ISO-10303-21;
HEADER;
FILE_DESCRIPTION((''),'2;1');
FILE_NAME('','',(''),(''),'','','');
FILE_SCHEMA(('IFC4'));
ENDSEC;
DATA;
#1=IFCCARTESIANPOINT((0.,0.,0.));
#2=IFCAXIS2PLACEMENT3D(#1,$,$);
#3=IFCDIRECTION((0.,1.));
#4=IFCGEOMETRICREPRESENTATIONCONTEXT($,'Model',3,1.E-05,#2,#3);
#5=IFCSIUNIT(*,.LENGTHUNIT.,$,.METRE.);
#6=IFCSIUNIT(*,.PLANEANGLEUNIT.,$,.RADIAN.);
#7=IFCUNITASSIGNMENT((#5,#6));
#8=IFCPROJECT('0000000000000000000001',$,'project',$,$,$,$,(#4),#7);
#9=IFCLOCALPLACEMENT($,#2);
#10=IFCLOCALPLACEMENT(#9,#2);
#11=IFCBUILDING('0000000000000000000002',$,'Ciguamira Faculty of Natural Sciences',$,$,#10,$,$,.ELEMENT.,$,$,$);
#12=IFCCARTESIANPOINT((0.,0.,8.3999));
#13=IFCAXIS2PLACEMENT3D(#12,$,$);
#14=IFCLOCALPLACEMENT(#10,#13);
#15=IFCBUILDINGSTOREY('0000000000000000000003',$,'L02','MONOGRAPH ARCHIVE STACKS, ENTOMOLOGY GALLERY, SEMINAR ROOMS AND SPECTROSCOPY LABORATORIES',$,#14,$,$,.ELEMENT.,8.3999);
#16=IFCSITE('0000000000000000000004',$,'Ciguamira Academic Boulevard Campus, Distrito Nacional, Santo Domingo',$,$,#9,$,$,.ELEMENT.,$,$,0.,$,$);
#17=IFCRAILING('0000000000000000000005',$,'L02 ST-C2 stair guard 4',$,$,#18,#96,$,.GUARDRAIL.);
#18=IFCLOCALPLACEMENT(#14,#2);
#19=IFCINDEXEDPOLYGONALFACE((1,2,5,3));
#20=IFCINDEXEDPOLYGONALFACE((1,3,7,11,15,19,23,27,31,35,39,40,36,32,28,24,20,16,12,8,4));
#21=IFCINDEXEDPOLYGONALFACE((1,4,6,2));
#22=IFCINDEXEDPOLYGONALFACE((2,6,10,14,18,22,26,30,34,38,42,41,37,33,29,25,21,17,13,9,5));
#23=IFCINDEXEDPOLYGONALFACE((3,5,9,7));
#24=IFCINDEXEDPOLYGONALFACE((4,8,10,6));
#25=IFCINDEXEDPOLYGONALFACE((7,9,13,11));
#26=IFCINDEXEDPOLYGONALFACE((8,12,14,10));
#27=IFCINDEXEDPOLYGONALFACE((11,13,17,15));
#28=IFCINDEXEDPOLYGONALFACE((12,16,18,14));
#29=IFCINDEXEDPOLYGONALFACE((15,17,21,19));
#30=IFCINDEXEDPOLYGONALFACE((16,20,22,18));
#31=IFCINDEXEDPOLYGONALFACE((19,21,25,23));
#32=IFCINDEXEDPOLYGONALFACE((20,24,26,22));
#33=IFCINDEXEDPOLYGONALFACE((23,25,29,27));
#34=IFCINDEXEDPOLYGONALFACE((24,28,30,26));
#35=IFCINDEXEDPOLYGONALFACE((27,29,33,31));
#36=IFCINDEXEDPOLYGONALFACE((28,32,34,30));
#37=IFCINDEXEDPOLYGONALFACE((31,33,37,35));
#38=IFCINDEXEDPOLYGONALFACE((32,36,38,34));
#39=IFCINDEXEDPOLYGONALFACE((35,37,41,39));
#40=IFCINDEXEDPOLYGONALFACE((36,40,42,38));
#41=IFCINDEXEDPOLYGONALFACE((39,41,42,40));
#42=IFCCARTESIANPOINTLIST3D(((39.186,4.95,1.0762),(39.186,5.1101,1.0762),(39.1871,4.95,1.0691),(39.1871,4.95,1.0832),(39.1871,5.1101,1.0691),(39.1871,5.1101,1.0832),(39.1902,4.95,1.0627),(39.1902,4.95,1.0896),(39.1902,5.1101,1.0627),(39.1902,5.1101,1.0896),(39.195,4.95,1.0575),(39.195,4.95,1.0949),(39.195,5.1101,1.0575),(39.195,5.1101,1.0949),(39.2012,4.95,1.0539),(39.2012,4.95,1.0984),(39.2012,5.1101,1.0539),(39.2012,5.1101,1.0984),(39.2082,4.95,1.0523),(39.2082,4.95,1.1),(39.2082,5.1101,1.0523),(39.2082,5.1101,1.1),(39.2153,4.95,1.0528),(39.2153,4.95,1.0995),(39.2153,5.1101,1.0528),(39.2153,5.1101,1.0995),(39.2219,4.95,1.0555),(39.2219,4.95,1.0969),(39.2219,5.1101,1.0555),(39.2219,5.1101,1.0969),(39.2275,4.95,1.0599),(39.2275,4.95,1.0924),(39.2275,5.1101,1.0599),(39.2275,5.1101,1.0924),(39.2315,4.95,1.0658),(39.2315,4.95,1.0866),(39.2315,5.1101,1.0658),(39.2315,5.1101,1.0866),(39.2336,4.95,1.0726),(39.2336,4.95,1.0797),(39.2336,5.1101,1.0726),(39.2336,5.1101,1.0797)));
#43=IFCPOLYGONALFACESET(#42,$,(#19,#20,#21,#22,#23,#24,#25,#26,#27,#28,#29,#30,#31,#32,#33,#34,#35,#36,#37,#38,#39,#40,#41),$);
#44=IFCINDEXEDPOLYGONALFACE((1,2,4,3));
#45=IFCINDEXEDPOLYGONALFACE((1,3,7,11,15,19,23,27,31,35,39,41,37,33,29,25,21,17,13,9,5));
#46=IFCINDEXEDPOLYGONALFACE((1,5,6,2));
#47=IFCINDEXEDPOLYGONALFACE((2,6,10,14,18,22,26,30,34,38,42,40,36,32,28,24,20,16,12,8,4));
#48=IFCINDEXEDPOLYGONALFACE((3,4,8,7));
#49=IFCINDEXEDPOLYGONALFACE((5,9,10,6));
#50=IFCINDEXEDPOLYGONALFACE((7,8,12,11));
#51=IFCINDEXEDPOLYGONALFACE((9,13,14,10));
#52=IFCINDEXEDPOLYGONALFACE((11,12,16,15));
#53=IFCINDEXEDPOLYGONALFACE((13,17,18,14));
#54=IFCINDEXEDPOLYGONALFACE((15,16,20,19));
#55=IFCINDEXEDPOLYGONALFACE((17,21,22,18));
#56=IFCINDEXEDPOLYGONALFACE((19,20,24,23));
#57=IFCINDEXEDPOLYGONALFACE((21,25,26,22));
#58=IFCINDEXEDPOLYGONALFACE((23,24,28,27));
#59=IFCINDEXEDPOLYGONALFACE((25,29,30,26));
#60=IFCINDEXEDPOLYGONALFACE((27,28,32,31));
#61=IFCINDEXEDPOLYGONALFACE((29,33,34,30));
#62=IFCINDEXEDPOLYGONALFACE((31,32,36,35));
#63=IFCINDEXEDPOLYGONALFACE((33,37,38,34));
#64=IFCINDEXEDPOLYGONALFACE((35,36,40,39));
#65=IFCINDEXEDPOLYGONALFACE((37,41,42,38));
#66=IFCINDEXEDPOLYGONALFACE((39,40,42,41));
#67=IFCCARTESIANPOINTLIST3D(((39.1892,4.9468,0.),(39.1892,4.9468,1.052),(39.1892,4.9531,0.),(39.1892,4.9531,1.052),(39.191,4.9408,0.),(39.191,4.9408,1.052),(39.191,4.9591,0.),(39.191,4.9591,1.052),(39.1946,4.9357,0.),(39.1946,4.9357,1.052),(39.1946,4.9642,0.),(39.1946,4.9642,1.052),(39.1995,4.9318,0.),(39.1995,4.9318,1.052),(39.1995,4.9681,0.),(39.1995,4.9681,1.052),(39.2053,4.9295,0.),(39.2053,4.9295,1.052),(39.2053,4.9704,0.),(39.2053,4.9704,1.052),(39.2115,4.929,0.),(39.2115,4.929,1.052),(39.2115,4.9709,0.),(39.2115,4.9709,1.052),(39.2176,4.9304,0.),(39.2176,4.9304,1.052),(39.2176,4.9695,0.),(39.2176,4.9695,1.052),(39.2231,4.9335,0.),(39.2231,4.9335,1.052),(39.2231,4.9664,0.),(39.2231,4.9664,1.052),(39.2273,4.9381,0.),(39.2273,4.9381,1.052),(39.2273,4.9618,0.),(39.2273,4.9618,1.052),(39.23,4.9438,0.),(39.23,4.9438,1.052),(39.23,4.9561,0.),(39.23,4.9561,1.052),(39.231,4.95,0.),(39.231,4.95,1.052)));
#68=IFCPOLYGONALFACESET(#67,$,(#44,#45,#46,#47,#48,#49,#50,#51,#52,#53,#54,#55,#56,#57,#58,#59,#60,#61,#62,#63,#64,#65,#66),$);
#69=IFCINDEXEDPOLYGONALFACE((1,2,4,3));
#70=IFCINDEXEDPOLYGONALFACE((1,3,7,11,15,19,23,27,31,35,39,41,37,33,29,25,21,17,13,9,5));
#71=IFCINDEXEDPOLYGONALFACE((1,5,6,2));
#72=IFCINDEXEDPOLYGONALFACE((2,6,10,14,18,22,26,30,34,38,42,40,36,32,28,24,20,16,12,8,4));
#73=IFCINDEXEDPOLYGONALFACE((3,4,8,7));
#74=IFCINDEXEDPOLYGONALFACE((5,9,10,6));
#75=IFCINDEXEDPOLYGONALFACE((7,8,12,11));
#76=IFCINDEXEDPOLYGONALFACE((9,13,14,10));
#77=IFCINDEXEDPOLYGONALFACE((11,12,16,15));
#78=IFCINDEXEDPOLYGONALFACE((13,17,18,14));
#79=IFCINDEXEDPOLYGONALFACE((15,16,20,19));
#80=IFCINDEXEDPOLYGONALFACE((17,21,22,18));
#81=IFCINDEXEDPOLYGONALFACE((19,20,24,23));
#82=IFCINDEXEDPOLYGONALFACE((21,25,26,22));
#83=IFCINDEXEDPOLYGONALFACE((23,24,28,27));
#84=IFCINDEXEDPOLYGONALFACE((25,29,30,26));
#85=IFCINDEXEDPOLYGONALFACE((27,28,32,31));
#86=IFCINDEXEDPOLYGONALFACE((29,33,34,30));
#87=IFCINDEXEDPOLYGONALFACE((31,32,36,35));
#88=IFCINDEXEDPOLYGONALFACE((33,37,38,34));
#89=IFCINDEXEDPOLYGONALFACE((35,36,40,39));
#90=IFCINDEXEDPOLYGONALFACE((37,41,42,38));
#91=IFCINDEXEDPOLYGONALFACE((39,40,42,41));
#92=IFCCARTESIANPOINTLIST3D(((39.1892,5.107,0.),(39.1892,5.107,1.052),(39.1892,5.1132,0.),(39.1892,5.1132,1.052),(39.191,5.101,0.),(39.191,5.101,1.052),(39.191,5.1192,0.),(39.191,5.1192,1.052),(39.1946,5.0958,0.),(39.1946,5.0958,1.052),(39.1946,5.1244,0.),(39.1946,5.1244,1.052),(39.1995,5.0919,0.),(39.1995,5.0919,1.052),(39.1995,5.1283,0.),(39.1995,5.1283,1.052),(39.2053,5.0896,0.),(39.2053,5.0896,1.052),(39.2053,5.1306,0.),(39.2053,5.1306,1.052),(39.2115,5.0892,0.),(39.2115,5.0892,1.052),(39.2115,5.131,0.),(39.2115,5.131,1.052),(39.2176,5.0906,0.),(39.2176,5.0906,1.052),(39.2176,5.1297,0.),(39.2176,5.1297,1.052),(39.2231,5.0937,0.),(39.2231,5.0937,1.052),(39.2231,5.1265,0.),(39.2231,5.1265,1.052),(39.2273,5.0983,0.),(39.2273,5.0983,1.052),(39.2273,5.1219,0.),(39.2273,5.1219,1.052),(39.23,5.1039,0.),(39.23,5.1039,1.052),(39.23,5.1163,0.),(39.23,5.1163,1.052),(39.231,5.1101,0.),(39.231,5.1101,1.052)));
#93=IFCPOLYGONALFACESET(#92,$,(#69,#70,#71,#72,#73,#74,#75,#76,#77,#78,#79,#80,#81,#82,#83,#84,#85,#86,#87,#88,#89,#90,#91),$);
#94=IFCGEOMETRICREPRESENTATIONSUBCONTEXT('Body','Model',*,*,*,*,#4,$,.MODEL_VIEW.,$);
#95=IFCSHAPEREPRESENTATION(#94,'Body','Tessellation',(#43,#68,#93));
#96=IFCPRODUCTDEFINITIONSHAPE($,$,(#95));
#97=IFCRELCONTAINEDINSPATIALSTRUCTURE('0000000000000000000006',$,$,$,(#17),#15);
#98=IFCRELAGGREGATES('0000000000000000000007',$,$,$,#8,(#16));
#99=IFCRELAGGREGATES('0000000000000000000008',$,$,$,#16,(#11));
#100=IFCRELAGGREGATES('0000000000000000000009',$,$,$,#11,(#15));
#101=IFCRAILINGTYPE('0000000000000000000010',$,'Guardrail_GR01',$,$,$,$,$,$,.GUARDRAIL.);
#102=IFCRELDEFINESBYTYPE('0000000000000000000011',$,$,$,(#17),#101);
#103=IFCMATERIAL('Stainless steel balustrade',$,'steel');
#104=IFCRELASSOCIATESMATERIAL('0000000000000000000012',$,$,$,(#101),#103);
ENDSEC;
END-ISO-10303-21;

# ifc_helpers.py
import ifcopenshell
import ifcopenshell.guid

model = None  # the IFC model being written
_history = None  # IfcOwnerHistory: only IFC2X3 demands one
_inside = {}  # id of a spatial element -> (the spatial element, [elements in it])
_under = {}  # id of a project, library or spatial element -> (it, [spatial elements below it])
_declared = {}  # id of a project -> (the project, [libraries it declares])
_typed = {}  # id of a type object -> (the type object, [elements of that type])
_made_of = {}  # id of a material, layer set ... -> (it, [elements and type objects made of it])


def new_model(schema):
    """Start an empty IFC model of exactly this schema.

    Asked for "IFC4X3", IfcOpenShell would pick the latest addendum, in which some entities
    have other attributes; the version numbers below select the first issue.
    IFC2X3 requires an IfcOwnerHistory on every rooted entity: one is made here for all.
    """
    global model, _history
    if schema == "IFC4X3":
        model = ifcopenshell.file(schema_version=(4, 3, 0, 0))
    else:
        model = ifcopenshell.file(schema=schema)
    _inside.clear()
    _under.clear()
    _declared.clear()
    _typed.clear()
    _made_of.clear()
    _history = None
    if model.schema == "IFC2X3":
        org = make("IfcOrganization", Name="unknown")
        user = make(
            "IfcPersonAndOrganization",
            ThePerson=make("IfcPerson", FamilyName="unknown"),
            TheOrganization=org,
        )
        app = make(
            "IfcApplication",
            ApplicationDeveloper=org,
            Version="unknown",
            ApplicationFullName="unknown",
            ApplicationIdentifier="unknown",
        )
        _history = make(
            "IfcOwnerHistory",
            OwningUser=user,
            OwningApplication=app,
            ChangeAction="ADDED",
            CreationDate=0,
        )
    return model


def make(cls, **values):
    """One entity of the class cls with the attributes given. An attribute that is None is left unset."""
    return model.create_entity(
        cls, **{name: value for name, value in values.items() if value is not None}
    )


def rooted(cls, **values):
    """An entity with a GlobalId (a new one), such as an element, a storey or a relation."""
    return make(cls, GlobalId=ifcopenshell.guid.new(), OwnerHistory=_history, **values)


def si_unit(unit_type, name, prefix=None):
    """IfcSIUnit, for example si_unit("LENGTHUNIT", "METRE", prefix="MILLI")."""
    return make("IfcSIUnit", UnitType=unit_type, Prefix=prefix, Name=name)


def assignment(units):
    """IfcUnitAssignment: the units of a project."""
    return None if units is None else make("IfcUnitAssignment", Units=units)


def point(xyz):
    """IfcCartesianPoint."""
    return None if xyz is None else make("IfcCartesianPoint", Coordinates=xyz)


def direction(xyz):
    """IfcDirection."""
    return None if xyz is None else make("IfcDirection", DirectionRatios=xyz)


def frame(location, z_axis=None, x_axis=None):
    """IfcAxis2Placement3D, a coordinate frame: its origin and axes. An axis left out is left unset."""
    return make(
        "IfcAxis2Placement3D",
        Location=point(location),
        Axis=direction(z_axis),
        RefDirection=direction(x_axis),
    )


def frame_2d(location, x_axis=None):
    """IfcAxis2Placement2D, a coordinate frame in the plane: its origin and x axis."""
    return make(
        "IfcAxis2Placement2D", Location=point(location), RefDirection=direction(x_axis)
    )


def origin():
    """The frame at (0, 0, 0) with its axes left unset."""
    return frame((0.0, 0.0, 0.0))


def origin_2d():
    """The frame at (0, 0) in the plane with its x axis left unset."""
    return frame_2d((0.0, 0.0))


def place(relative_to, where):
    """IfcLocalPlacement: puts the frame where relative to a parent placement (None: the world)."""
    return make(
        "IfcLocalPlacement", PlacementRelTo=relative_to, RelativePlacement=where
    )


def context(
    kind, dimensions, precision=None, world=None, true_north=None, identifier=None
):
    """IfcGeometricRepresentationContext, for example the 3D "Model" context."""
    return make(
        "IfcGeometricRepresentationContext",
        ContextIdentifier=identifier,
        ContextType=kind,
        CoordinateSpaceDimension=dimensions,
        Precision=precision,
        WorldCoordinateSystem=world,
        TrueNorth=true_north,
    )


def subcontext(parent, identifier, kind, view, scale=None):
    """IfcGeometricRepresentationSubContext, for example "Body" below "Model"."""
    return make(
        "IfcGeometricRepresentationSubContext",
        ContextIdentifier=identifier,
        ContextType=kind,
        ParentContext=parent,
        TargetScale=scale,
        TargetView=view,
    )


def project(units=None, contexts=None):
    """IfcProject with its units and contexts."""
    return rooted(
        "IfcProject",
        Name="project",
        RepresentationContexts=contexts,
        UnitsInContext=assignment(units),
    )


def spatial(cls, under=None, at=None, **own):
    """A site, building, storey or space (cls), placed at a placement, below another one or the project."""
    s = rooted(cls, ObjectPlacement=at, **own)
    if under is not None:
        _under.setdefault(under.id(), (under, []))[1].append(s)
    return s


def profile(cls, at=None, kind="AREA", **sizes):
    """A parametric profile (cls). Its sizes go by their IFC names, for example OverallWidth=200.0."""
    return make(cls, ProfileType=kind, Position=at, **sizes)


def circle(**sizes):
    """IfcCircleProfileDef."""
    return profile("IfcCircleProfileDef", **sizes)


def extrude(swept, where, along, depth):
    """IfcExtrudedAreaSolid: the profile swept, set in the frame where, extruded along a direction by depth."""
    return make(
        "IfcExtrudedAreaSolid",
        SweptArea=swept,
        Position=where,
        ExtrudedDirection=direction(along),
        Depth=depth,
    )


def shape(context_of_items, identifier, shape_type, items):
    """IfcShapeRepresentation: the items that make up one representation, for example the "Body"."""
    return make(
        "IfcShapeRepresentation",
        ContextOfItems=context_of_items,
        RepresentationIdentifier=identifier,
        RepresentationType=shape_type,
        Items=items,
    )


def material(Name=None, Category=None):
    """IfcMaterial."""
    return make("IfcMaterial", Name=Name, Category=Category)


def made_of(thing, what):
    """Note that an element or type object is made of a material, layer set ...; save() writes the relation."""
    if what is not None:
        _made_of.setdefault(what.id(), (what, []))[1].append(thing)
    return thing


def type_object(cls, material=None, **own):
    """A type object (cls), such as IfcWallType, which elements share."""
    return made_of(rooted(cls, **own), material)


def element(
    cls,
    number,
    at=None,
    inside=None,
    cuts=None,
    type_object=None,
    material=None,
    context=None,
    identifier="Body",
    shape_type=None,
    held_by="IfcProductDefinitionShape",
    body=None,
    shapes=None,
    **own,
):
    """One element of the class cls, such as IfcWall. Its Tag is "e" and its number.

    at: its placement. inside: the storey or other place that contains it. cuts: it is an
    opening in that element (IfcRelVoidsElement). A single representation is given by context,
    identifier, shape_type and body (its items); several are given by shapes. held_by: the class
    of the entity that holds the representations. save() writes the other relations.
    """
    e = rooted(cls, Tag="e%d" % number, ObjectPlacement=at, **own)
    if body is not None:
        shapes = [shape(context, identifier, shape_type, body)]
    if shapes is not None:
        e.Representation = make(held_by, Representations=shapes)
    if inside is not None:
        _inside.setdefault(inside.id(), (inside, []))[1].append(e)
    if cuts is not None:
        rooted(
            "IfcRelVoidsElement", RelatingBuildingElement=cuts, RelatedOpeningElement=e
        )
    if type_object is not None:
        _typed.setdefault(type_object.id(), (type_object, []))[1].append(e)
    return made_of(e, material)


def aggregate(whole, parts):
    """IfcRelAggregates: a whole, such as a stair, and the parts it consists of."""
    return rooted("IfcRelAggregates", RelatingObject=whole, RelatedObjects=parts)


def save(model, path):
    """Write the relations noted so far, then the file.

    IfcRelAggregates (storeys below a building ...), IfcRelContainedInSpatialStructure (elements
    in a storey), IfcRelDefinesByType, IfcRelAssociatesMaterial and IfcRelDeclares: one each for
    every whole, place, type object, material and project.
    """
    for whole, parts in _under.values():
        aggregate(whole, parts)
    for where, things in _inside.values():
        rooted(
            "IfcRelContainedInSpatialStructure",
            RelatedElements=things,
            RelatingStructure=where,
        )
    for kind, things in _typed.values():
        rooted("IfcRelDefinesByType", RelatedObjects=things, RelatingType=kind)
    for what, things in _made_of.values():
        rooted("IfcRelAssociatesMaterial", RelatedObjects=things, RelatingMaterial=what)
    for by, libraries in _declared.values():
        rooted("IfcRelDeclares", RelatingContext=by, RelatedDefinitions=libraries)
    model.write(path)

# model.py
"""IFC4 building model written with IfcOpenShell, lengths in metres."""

from ifc_helpers import new_model, si_unit, direction, frame, origin, origin_2d, place, context, subcontext, project, spatial, circle, extrude, material, type_object, element, save


model = new_model("IFC4")

# Units and contexts
model_context = context("Model", 3, precision=1e-05, world=origin(), true_north=direction((0.0, 1.0)))
body_context = subcontext(model_context, "Body", "Model", "MODEL_VIEW")
ifc_project = project(units=[si_unit("LENGTHUNIT", "METRE"), si_unit("PLANEANGLEUNIT", "RADIAN")], contexts=[model_context])

# Site, building, storey
site_placement = place(None, origin())
site = spatial("IfcSite", under=ifc_project, at=site_placement, Name="Ciguamira Academic Boulevard Campus, Distrito Nacional, Santo Domingo", CompositionType="ELEMENT", RefElevation=0.0)
building_placement = place(site_placement, origin())
building = spatial("IfcBuilding", under=site, at=building_placement, Name="Ciguamira Faculty of Natural Sciences", CompositionType="ELEMENT")
storey_placement = place(building_placement, frame((0.0, 0.0, 8.3999)))
storey = spatial("IfcBuildingStorey", under=building, at=storey_placement, Name="L02", Description="MONOGRAPH ARCHIVE STACKS, ENTOMOLOGY GALLERY, SEMINAR ROOMS AND SPECTROSCOPY LABORATORIES", CompositionType="ELEMENT", Elevation=8.3999)

# Railing
ifc_material_1 = material(Name="Stainless steel balustrade", Category="steel")
railing_type_1 = type_object("IfcRailingType", Name="Guardrail_GR01", PredefinedType="GUARDRAIL", material=ifc_material_1)
railing_1_placement = place(storey_placement, frame((39.21, 4.95, 0.0)))
element("IfcRailing", 1, at=railing_1_placement, inside=storey, type_object=railing_type_1, Name="L02 ST-C2 stair guard 4", PredefinedType="GUARDRAIL", context=body_context, shape_type="SweptSolid", body=[
    extrude(circle(Radius=0.0239, at=origin_2d()), frame((0.0, 0.0, 1.0762), z_axis=(0.0, 1.0, 0.0), x_axis=(-1.0, 0.0, 0.0)), (0.0, 0.0, 1.0), 0.1602),
    extrude(circle(Radius=0.021, at=origin_2d()), origin(), (0.0, 0.0, 1.0), 1.052),
    extrude(circle(Radius=0.021, at=origin_2d()), frame((0.0, 0.1602, 0.0)), (0.0, 0.0, 1.0), 1.052),
])

save(model, "model.ifc")
